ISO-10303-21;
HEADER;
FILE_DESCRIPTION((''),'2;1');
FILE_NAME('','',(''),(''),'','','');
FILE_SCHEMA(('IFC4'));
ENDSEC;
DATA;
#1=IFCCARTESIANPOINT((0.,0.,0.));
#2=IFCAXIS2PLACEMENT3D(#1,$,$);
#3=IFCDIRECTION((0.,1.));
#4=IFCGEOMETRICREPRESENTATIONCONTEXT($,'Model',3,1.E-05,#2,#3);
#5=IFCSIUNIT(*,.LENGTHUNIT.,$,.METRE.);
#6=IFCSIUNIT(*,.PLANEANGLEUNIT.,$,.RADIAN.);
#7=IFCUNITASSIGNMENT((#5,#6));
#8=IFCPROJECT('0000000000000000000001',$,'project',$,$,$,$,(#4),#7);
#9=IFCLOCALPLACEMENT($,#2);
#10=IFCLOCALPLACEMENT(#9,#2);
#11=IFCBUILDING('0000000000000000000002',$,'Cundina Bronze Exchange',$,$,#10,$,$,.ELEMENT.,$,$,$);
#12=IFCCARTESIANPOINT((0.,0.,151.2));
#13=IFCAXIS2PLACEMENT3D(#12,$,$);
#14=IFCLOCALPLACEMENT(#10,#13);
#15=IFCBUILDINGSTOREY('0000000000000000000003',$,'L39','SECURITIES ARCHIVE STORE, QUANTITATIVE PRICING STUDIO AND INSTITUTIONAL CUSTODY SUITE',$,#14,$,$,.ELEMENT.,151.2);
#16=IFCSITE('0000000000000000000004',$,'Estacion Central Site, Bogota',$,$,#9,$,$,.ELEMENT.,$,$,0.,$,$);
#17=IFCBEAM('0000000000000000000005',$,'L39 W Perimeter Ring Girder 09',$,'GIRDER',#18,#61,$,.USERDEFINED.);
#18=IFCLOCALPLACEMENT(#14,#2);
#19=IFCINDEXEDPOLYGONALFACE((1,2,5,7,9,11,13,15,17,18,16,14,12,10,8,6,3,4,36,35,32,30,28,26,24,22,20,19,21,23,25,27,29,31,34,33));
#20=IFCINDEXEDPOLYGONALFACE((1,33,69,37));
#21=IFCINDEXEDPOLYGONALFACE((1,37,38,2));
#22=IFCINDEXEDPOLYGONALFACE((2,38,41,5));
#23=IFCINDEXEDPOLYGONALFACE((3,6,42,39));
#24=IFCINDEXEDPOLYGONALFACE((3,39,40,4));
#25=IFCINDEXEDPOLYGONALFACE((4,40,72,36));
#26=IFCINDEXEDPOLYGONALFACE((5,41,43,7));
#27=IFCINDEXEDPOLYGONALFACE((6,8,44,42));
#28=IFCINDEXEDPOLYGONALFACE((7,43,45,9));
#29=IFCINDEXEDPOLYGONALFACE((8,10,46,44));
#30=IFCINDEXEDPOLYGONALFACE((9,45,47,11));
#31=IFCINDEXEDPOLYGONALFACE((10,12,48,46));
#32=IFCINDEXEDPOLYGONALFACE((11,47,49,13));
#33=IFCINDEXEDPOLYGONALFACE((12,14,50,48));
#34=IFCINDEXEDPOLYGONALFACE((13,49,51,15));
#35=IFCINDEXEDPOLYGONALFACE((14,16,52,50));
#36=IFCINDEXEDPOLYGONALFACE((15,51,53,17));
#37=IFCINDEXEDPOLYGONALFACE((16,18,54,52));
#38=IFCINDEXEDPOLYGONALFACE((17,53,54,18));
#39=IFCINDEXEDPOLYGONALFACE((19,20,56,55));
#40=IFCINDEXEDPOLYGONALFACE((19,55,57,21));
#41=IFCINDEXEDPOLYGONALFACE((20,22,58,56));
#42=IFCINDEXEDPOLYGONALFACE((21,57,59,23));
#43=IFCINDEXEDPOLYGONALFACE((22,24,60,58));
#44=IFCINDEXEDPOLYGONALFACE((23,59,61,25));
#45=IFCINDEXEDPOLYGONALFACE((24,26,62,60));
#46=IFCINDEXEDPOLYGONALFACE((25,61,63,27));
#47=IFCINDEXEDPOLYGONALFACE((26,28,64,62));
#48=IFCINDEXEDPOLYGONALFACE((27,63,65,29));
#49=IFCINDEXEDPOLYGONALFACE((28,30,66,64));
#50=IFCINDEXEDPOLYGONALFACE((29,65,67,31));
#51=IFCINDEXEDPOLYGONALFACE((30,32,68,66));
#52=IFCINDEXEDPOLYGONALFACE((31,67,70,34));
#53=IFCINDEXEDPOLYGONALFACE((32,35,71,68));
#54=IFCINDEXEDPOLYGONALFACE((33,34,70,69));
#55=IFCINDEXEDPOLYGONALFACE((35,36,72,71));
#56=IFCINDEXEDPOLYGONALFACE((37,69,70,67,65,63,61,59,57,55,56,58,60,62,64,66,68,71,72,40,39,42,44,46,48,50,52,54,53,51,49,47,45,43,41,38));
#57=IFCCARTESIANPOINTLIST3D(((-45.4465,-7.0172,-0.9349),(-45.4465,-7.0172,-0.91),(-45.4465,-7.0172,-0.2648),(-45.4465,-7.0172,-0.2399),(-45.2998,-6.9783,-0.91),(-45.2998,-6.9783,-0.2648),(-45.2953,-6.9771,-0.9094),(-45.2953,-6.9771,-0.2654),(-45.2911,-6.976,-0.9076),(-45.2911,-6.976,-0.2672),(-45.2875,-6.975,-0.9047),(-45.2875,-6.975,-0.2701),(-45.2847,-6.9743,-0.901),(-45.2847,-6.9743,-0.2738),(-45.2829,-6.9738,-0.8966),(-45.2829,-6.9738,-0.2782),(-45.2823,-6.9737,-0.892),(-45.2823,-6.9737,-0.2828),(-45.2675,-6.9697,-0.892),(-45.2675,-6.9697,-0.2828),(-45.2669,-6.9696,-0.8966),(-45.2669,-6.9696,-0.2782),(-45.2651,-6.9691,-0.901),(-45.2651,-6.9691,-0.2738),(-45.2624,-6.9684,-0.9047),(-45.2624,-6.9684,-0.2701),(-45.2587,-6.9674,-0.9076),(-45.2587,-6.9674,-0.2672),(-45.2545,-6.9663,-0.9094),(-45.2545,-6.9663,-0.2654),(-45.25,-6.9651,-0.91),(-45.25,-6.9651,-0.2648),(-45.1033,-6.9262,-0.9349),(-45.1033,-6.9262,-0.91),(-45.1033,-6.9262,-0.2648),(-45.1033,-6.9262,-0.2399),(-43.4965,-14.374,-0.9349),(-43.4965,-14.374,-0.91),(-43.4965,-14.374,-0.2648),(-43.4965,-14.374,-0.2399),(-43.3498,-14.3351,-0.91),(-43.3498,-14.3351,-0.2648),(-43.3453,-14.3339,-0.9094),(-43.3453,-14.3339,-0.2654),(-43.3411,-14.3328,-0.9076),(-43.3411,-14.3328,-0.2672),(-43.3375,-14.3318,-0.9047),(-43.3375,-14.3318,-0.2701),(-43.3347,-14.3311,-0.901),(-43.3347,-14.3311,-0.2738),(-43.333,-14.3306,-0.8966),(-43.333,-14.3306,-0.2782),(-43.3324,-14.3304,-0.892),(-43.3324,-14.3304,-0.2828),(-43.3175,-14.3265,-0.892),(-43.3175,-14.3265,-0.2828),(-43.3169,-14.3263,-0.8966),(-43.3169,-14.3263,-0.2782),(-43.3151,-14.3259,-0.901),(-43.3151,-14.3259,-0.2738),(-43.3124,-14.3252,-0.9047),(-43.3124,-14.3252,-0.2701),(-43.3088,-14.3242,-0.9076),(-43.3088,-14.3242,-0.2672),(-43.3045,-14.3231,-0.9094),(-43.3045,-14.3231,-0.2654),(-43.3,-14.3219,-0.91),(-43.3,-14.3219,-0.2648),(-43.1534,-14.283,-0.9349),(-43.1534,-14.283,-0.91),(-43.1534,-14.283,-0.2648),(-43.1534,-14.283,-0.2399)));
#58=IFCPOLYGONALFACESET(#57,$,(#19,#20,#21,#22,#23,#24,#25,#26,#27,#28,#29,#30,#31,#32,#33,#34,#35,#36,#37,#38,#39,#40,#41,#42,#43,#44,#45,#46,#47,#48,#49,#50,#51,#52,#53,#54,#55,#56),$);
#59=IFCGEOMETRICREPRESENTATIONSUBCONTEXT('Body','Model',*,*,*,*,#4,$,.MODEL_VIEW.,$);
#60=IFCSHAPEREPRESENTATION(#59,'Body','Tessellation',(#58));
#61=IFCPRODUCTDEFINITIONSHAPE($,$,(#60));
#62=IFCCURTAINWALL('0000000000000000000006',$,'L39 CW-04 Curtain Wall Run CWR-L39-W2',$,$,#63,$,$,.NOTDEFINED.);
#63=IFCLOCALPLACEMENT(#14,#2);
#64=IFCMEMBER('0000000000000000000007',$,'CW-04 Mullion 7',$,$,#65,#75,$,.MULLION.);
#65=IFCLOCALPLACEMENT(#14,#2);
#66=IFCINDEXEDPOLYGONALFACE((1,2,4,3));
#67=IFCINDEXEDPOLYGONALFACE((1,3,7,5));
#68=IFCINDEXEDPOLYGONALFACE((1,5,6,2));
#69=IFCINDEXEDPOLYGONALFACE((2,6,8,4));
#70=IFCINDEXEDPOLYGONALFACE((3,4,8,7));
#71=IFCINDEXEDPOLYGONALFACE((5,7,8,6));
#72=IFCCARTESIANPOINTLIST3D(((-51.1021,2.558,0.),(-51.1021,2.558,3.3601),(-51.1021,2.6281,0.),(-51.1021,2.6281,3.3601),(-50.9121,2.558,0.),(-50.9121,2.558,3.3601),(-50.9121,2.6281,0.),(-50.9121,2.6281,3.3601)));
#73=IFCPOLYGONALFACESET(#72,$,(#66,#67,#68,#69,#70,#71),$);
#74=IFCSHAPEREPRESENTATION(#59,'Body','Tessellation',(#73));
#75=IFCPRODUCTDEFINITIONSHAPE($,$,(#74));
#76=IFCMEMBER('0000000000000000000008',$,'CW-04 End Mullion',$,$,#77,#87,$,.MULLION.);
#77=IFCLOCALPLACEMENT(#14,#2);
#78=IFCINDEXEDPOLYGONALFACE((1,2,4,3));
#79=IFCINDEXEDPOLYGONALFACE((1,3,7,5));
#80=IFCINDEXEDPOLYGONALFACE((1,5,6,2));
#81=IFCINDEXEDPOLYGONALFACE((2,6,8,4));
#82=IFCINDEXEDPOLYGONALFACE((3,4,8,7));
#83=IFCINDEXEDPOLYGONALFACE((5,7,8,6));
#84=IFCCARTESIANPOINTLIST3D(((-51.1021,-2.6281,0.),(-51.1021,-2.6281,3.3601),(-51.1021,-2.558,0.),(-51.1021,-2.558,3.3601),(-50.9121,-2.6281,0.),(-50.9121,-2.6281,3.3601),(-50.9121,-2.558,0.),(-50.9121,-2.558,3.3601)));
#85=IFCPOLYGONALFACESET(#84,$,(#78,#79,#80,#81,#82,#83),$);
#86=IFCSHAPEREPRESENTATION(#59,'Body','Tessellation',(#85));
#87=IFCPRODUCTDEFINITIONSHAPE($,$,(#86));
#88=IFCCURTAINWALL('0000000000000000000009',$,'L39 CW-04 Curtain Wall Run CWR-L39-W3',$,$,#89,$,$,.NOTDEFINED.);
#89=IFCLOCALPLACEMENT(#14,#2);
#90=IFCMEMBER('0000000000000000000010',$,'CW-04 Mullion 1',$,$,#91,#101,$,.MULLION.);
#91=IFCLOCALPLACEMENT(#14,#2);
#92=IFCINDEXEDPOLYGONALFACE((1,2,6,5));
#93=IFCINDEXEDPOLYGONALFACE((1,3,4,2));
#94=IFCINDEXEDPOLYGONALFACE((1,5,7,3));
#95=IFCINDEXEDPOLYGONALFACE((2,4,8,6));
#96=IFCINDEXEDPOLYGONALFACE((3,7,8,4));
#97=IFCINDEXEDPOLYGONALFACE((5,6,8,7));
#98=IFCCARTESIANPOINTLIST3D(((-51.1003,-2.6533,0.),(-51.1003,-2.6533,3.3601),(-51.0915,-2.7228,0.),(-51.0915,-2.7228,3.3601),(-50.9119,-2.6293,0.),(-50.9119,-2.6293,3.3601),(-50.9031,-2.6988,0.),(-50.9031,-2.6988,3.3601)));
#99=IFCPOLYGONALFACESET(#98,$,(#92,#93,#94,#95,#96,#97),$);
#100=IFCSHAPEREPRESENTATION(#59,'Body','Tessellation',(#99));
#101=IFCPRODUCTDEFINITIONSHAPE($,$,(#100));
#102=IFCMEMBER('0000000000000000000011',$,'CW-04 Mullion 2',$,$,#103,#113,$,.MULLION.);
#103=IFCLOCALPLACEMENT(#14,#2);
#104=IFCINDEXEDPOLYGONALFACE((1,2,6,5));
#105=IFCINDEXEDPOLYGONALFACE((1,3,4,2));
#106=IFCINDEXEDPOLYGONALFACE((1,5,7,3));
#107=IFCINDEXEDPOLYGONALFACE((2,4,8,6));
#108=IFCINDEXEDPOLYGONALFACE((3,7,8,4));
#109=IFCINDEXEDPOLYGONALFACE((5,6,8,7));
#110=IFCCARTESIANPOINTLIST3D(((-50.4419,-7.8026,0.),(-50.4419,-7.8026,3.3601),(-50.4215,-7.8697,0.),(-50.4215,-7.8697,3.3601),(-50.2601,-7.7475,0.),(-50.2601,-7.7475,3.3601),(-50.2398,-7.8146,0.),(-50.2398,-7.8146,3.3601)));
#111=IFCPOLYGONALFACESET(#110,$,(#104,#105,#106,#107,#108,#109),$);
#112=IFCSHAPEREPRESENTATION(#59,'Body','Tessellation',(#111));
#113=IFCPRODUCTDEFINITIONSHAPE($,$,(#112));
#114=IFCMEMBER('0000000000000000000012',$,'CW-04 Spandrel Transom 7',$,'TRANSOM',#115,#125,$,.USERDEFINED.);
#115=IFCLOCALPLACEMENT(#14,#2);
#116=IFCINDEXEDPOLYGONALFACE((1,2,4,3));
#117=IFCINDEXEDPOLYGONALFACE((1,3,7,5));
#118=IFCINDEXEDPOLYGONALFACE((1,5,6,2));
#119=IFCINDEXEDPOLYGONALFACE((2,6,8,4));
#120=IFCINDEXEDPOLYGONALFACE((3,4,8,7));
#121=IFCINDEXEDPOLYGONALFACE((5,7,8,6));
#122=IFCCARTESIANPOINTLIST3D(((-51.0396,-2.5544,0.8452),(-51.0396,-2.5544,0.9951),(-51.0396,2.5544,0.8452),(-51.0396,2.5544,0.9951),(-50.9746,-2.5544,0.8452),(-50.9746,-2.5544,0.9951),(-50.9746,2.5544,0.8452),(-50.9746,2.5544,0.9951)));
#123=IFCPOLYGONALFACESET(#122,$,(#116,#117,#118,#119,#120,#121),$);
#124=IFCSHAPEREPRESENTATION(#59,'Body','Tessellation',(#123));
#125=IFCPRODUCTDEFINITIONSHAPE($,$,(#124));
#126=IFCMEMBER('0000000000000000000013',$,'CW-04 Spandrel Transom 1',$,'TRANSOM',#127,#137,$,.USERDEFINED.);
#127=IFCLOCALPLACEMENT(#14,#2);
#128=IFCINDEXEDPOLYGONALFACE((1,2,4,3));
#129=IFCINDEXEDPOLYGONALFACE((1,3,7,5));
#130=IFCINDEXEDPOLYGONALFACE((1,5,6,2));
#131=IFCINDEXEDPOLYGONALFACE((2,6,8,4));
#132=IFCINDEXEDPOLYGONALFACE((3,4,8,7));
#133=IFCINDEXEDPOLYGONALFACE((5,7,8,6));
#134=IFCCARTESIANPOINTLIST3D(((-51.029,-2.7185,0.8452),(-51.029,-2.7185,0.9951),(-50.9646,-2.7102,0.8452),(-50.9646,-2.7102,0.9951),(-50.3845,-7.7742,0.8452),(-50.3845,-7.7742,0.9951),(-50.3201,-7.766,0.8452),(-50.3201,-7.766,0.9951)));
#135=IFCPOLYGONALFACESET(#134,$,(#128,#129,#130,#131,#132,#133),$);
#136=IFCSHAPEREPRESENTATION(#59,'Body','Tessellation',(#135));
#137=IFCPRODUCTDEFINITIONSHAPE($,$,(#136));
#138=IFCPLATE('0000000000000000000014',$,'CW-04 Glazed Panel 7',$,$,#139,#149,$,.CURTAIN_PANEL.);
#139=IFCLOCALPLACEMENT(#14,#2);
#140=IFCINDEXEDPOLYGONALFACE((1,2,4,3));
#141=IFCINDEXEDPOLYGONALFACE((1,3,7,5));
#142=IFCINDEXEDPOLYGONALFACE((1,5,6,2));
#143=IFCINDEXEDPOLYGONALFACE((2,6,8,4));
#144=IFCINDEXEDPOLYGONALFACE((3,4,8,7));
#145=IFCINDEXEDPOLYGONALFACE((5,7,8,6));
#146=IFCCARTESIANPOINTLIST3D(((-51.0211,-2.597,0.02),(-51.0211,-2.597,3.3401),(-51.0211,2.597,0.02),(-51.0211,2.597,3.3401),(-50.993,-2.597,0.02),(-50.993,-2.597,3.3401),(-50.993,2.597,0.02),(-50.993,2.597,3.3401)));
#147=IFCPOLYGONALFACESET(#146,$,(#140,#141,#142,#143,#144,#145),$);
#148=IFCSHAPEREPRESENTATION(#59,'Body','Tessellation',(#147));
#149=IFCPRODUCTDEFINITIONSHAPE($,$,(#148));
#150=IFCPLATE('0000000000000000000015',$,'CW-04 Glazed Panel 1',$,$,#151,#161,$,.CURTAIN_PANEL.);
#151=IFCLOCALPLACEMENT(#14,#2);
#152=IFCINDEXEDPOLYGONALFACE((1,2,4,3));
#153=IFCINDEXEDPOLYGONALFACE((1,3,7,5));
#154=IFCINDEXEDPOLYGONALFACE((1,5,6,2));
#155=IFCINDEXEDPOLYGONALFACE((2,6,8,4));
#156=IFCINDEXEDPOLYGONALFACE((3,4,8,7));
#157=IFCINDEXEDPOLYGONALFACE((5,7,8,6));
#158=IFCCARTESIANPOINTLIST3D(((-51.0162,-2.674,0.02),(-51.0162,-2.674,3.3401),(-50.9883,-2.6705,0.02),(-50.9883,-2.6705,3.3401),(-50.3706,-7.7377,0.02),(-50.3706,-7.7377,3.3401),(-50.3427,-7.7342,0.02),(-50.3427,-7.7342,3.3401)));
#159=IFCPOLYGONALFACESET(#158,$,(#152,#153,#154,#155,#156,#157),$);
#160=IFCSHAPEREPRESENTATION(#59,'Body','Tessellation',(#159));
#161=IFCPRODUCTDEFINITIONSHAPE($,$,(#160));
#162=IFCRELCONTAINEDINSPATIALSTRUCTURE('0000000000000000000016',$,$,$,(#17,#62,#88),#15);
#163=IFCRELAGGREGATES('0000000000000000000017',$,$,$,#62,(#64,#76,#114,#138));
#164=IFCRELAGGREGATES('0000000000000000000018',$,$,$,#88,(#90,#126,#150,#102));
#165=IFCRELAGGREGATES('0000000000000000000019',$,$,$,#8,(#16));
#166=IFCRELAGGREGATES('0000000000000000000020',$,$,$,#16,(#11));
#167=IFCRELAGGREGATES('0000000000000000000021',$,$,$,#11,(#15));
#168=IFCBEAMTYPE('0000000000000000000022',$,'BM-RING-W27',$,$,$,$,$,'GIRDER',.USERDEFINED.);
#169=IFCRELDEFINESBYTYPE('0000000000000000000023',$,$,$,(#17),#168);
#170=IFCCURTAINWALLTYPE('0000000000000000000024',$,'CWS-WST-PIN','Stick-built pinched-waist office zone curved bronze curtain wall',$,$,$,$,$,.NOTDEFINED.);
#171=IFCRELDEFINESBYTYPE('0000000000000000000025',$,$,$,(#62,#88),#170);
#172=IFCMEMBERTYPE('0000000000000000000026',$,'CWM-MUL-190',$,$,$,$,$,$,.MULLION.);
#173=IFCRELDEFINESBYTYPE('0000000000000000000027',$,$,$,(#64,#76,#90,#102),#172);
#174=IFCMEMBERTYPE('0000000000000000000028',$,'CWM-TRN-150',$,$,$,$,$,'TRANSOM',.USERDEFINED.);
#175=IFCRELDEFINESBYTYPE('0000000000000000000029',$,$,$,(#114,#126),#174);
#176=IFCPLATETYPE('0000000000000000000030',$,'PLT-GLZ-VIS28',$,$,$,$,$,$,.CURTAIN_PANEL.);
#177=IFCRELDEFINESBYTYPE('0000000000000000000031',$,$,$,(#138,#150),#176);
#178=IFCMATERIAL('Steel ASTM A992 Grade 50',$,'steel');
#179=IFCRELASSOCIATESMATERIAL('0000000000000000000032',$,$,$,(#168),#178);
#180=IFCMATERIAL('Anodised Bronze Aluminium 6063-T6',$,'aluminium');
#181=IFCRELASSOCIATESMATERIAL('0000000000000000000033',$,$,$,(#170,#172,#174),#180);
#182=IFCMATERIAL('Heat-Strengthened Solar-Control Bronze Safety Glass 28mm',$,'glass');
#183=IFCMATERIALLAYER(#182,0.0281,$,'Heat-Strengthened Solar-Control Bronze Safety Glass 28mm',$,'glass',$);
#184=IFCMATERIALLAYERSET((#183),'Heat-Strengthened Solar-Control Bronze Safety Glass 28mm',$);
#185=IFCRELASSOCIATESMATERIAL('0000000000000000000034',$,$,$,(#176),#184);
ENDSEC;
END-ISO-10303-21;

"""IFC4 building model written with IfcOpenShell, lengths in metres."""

from ifc_helpers import new_model, si_unit, direction, frame, origin, origin_2d, place, context, subcontext, project, spatial, rectangle, i_section, extrude, material, layer, layer_set, material_profile, profile_set, type_object, element, aggregate, save


model = new_model("IFC4")

# Units and contexts
model_context = context("Model", 3, precision=1e-05, world=origin(), true_north=direction((0.0, 1.0)))
body_context = subcontext(model_context, "Body", "Model", "MODEL_VIEW")
ifc_project = project(units=[si_unit("LENGTHUNIT", "METRE"), si_unit("PLANEANGLEUNIT", "RADIAN")], contexts=[model_context])

# Site, building, storey
site_placement = place(None, origin())
site = spatial("IfcSite", under=ifc_project, at=site_placement, Name="Estacion Central Site, Bogota", CompositionType="ELEMENT", RefElevation=0.0)
building_placement = place(site_placement, origin())
building = spatial("IfcBuilding", under=site, at=building_placement, Name="Cundina Bronze Exchange", CompositionType="ELEMENT")
storey_placement = place(building_placement, frame((0.0, 0.0, 151.2)))
storey = spatial("IfcBuildingStorey", under=building, at=storey_placement, Name="L39", Description="SECURITIES ARCHIVE STORE, QUANTITATIVE PRICING STUDIO AND INSTITUTIONAL CUSTODY SUITE", CompositionType="ELEMENT", Elevation=151.2)

# Shared definitions
ifc_material_1 = material(Name="Steel ASTM A992 Grade 50", Category="steel")

# Beam
ifc_material_profile_1 = material_profile(ifc_material_1, i_section(OverallWidth=0.355, OverallDepth=0.6951, WebThickness=0.0154, FlangeThickness=0.0249, FilletRadius=0.0181, at=origin_2d()), Name="W27X146", Category="steel")
ifc_profile_set_1 = profile_set([ifc_material_profile_1], Name="Steel ASTM A992 Grade 50")
beam_type_1 = type_object("IfcBeamType", Name="BM-RING-W27", ElementType="GIRDER", PredefinedType="USERDEFINED", material=ifc_profile_set_1)
for number, where, z_axis, x_axis, name in (
    (1, (-45.2749, -6.9717, -0.5874), (0.256211, -0.966621, 0.0), (0.966621, 0.256211, 0.0), "L39 W Perimeter Ring Girder 09"),
):
    element("IfcBeam", number, at=place(storey_placement, frame(where, z_axis=z_axis, x_axis=x_axis)), inside=storey, type_object=beam_type_1, Name=name, ObjectType="GIRDER", PredefinedType="USERDEFINED", context=body_context, shape_type="SweptSolid", body=[
        extrude(i_section(OverallWidth=0.355, OverallDepth=0.6951, WebThickness=0.0154, FlangeThickness=0.0249, FilletRadius=0.0181, at=origin_2d()), origin(), (0.0, 0.0, 1.0), 7.6108),
    ])

# Curtain walls, members
ifc_material_2 = material(Name="Anodised Bronze Aluminium 6063-T6", Category="aluminium")
curtain_wall_type = type_object("IfcCurtainWallType", Name="CWS-WST-PIN", Description="Stick-built pinched-waist office zone curved bronze curtain wall", PredefinedType="NOTDEFINED", material=ifc_material_2)
curtain_wall_1_placement = place(storey_placement, origin())
curtain_wall_1 = element("IfcCurtainWall", 2, at=curtain_wall_1_placement, inside=storey, type_object=curtain_wall_type, Name="L39 CW-04 Curtain Wall Run CWR-L39-W2", PredefinedType="NOTDEFINED")
ifc_material_profile_2 = material_profile(ifc_material_2, rectangle(XDim=0.0701, YDim=0.1899, at=origin_2d()), Name="AL70X190", Category="aluminium")
ifc_profile_set_2 = profile_set([ifc_material_profile_2], Name="Anodised Bronze Aluminium 6063-T6")
member_type_1 = type_object("IfcMemberType", Name="CWM-MUL-190", PredefinedType="MULLION", material=ifc_profile_set_2)
member_1_placement = place(storey_placement, frame((-51.0071, 2.593, 0.0), z_axis=(0.0, 0.0, 1.0), x_axis=(0.0, -1.0, 0.0)))
member_1 = element("IfcMember", 3, at=member_1_placement, type_object=member_type_1, Name="CW-04 Mullion 7", PredefinedType="MULLION", context=body_context, shape_type="SweptSolid", body=[
    extrude(rectangle(XDim=0.0701, YDim=0.1899, at=origin_2d()), origin(), (0.0, 0.0, 1.0), 3.3601),
])
member_2_placement = place(storey_placement, frame((-51.0071, -2.593, 0.0), z_axis=(0.0, 0.0, 1.0), x_axis=(0.0, -1.0, 0.0)))
member_2 = element("IfcMember", 4, at=member_2_placement, type_object=member_type_1, Name="CW-04 End Mullion", PredefinedType="MULLION", context=body_context, shape_type="SweptSolid", body=[
    extrude(rectangle(XDim=0.0701, YDim=0.1899, at=origin_2d()), origin(), (0.0, 0.0, 1.0), 3.3601),
])
curtain_wall_2_placement = place(storey_placement, origin())
curtain_wall_2 = element("IfcCurtainWall", 5, at=curtain_wall_2_placement, inside=storey, type_object=curtain_wall_type, Name="L39 CW-04 Curtain Wall Run CWR-L39-W3", PredefinedType="NOTDEFINED")
member_3_placement = place(storey_placement, frame((-51.0017, -2.676, 0.0), z_axis=(0.0, 0.0, 1.0), x_axis=(0.126545, -0.991961, 0.0)))
member_3 = element("IfcMember", 6, at=member_3_placement, type_object=member_type_1, Name="CW-04 Mullion 1", PredefinedType="MULLION", context=body_context, shape_type="SweptSolid", body=[
    extrude(rectangle(XDim=0.0701, YDim=0.1899, at=origin_2d()), origin(), (0.0, 0.0, 1.0), 3.3601),
])
member_4_placement = place(storey_placement, frame((-50.3408, -7.8086, 0.0), z_axis=(0.0, 0.0, 1.0), x_axis=(0.290034, -0.957016, 0.0)))
member_4 = element("IfcMember", 7, at=member_4_placement, type_object=member_type_1, Name="CW-04 Mullion 2", PredefinedType="MULLION", context=body_context, shape_type="SweptSolid", body=[
    extrude(rectangle(XDim=0.0701, YDim=0.1899, at=origin_2d()), origin(), (0.0, 0.0, 1.0), 3.3601),
])

# Members
ifc_material_profile_3 = material_profile(ifc_material_2, rectangle(XDim=0.0649, YDim=0.1499, at=origin_2d()), Name="AL65X150", Category="aluminium")
ifc_profile_set_3 = profile_set([ifc_material_profile_3], Name="Anodised Bronze Aluminium 6063-T6")
member_type_2 = type_object("IfcMemberType", Name="CWM-TRN-150", ElementType="TRANSOM", PredefinedType="USERDEFINED", material=ifc_profile_set_3)
member_5_placement = place(storey_placement, frame((-51.0071, 2.5544, 0.9202), z_axis=(0.0, -1.0, 0.0), x_axis=(1.0, 0.0, 0.0)))
member_5 = element("IfcMember", 8, at=member_5_placement, type_object=member_type_2, Name="CW-04 Spandrel Transom 7", ObjectType="TRANSOM", PredefinedType="USERDEFINED", context=body_context, shape_type="SweptSolid", body=[
    extrude(rectangle(XDim=0.0649, YDim=0.1499, at=origin_2d()), origin(), (0.0, 0.0, 1.0), 5.1089),
])
member_6_placement = place(storey_placement, frame((-50.9968, -2.7144, 0.9202), z_axis=(0.126463, -0.991971, 0.0), x_axis=(0.991971, 0.126463, 0.0)))
member_6 = element("IfcMember", 9, at=member_6_placement, type_object=member_type_2, Name="CW-04 Spandrel Transom 1", ObjectType="TRANSOM", PredefinedType="USERDEFINED", context=body_context, shape_type="SweptSolid", body=[
    extrude(rectangle(XDim=0.0649, YDim=0.1499, at=origin_2d()), origin(), (0.0, 0.0, 1.0), 5.0967),
])

# Plates
ifc_material_3 = material(Name="Heat-Strengthened Solar-Control Bronze Safety Glass 28mm", Category="glass")
ifc_layer_1 = layer(ifc_material_3, 0.0281, Name="Heat-Strengthened Solar-Control Bronze Safety Glass 28mm", Category="glass")
ifc_layer_set_1 = layer_set([ifc_layer_1], Name="Heat-Strengthened Solar-Control Bronze Safety Glass 28mm")
plate_type = type_object("IfcPlateType", Name="PLT-GLZ-VIS28", PredefinedType="CURTAIN_PANEL", material=ifc_layer_set_1)
plate_1_placement = place(storey_placement, frame((-51.0071, 0.0, 0.02), z_axis=(0.0, 0.0, 1.0), x_axis=(0.0, -1.0, 0.0)))
plate_1 = element("IfcPlate", 10, at=plate_1_placement, type_object=plate_type, Name="CW-04 Glazed Panel 7", PredefinedType="CURTAIN_PANEL", context=body_context, shape_type="SweptSolid", body=[
    extrude(rectangle(XDim=5.1941, YDim=0.0281, at=origin_2d()), origin(), (0.0, 0.0, 1.0), 3.3201),
])
aggregate(curtain_wall_1, [member_1, member_2, member_5, plate_1])
plate_2_placement = place(storey_placement, frame((-50.6794, -5.2041, 0.02), z_axis=(0.0, 0.0, 1.0), x_axis=(0.126476, -0.99197, 0.0)))
plate_2 = element("IfcPlate", 11, at=plate_2_placement, type_object=plate_type, Name="CW-04 Glazed Panel 1", PredefinedType="CURTAIN_PANEL", context=body_context, shape_type="SweptSolid", body=[
    extrude(rectangle(XDim=5.1047, YDim=0.0281, at=origin_2d()), origin(), (0.0, 0.0, 1.0), 3.3201),
])
aggregate(curtain_wall_2, [member_3, member_6, plate_2, member_4])

save(model, "model.ifc")
